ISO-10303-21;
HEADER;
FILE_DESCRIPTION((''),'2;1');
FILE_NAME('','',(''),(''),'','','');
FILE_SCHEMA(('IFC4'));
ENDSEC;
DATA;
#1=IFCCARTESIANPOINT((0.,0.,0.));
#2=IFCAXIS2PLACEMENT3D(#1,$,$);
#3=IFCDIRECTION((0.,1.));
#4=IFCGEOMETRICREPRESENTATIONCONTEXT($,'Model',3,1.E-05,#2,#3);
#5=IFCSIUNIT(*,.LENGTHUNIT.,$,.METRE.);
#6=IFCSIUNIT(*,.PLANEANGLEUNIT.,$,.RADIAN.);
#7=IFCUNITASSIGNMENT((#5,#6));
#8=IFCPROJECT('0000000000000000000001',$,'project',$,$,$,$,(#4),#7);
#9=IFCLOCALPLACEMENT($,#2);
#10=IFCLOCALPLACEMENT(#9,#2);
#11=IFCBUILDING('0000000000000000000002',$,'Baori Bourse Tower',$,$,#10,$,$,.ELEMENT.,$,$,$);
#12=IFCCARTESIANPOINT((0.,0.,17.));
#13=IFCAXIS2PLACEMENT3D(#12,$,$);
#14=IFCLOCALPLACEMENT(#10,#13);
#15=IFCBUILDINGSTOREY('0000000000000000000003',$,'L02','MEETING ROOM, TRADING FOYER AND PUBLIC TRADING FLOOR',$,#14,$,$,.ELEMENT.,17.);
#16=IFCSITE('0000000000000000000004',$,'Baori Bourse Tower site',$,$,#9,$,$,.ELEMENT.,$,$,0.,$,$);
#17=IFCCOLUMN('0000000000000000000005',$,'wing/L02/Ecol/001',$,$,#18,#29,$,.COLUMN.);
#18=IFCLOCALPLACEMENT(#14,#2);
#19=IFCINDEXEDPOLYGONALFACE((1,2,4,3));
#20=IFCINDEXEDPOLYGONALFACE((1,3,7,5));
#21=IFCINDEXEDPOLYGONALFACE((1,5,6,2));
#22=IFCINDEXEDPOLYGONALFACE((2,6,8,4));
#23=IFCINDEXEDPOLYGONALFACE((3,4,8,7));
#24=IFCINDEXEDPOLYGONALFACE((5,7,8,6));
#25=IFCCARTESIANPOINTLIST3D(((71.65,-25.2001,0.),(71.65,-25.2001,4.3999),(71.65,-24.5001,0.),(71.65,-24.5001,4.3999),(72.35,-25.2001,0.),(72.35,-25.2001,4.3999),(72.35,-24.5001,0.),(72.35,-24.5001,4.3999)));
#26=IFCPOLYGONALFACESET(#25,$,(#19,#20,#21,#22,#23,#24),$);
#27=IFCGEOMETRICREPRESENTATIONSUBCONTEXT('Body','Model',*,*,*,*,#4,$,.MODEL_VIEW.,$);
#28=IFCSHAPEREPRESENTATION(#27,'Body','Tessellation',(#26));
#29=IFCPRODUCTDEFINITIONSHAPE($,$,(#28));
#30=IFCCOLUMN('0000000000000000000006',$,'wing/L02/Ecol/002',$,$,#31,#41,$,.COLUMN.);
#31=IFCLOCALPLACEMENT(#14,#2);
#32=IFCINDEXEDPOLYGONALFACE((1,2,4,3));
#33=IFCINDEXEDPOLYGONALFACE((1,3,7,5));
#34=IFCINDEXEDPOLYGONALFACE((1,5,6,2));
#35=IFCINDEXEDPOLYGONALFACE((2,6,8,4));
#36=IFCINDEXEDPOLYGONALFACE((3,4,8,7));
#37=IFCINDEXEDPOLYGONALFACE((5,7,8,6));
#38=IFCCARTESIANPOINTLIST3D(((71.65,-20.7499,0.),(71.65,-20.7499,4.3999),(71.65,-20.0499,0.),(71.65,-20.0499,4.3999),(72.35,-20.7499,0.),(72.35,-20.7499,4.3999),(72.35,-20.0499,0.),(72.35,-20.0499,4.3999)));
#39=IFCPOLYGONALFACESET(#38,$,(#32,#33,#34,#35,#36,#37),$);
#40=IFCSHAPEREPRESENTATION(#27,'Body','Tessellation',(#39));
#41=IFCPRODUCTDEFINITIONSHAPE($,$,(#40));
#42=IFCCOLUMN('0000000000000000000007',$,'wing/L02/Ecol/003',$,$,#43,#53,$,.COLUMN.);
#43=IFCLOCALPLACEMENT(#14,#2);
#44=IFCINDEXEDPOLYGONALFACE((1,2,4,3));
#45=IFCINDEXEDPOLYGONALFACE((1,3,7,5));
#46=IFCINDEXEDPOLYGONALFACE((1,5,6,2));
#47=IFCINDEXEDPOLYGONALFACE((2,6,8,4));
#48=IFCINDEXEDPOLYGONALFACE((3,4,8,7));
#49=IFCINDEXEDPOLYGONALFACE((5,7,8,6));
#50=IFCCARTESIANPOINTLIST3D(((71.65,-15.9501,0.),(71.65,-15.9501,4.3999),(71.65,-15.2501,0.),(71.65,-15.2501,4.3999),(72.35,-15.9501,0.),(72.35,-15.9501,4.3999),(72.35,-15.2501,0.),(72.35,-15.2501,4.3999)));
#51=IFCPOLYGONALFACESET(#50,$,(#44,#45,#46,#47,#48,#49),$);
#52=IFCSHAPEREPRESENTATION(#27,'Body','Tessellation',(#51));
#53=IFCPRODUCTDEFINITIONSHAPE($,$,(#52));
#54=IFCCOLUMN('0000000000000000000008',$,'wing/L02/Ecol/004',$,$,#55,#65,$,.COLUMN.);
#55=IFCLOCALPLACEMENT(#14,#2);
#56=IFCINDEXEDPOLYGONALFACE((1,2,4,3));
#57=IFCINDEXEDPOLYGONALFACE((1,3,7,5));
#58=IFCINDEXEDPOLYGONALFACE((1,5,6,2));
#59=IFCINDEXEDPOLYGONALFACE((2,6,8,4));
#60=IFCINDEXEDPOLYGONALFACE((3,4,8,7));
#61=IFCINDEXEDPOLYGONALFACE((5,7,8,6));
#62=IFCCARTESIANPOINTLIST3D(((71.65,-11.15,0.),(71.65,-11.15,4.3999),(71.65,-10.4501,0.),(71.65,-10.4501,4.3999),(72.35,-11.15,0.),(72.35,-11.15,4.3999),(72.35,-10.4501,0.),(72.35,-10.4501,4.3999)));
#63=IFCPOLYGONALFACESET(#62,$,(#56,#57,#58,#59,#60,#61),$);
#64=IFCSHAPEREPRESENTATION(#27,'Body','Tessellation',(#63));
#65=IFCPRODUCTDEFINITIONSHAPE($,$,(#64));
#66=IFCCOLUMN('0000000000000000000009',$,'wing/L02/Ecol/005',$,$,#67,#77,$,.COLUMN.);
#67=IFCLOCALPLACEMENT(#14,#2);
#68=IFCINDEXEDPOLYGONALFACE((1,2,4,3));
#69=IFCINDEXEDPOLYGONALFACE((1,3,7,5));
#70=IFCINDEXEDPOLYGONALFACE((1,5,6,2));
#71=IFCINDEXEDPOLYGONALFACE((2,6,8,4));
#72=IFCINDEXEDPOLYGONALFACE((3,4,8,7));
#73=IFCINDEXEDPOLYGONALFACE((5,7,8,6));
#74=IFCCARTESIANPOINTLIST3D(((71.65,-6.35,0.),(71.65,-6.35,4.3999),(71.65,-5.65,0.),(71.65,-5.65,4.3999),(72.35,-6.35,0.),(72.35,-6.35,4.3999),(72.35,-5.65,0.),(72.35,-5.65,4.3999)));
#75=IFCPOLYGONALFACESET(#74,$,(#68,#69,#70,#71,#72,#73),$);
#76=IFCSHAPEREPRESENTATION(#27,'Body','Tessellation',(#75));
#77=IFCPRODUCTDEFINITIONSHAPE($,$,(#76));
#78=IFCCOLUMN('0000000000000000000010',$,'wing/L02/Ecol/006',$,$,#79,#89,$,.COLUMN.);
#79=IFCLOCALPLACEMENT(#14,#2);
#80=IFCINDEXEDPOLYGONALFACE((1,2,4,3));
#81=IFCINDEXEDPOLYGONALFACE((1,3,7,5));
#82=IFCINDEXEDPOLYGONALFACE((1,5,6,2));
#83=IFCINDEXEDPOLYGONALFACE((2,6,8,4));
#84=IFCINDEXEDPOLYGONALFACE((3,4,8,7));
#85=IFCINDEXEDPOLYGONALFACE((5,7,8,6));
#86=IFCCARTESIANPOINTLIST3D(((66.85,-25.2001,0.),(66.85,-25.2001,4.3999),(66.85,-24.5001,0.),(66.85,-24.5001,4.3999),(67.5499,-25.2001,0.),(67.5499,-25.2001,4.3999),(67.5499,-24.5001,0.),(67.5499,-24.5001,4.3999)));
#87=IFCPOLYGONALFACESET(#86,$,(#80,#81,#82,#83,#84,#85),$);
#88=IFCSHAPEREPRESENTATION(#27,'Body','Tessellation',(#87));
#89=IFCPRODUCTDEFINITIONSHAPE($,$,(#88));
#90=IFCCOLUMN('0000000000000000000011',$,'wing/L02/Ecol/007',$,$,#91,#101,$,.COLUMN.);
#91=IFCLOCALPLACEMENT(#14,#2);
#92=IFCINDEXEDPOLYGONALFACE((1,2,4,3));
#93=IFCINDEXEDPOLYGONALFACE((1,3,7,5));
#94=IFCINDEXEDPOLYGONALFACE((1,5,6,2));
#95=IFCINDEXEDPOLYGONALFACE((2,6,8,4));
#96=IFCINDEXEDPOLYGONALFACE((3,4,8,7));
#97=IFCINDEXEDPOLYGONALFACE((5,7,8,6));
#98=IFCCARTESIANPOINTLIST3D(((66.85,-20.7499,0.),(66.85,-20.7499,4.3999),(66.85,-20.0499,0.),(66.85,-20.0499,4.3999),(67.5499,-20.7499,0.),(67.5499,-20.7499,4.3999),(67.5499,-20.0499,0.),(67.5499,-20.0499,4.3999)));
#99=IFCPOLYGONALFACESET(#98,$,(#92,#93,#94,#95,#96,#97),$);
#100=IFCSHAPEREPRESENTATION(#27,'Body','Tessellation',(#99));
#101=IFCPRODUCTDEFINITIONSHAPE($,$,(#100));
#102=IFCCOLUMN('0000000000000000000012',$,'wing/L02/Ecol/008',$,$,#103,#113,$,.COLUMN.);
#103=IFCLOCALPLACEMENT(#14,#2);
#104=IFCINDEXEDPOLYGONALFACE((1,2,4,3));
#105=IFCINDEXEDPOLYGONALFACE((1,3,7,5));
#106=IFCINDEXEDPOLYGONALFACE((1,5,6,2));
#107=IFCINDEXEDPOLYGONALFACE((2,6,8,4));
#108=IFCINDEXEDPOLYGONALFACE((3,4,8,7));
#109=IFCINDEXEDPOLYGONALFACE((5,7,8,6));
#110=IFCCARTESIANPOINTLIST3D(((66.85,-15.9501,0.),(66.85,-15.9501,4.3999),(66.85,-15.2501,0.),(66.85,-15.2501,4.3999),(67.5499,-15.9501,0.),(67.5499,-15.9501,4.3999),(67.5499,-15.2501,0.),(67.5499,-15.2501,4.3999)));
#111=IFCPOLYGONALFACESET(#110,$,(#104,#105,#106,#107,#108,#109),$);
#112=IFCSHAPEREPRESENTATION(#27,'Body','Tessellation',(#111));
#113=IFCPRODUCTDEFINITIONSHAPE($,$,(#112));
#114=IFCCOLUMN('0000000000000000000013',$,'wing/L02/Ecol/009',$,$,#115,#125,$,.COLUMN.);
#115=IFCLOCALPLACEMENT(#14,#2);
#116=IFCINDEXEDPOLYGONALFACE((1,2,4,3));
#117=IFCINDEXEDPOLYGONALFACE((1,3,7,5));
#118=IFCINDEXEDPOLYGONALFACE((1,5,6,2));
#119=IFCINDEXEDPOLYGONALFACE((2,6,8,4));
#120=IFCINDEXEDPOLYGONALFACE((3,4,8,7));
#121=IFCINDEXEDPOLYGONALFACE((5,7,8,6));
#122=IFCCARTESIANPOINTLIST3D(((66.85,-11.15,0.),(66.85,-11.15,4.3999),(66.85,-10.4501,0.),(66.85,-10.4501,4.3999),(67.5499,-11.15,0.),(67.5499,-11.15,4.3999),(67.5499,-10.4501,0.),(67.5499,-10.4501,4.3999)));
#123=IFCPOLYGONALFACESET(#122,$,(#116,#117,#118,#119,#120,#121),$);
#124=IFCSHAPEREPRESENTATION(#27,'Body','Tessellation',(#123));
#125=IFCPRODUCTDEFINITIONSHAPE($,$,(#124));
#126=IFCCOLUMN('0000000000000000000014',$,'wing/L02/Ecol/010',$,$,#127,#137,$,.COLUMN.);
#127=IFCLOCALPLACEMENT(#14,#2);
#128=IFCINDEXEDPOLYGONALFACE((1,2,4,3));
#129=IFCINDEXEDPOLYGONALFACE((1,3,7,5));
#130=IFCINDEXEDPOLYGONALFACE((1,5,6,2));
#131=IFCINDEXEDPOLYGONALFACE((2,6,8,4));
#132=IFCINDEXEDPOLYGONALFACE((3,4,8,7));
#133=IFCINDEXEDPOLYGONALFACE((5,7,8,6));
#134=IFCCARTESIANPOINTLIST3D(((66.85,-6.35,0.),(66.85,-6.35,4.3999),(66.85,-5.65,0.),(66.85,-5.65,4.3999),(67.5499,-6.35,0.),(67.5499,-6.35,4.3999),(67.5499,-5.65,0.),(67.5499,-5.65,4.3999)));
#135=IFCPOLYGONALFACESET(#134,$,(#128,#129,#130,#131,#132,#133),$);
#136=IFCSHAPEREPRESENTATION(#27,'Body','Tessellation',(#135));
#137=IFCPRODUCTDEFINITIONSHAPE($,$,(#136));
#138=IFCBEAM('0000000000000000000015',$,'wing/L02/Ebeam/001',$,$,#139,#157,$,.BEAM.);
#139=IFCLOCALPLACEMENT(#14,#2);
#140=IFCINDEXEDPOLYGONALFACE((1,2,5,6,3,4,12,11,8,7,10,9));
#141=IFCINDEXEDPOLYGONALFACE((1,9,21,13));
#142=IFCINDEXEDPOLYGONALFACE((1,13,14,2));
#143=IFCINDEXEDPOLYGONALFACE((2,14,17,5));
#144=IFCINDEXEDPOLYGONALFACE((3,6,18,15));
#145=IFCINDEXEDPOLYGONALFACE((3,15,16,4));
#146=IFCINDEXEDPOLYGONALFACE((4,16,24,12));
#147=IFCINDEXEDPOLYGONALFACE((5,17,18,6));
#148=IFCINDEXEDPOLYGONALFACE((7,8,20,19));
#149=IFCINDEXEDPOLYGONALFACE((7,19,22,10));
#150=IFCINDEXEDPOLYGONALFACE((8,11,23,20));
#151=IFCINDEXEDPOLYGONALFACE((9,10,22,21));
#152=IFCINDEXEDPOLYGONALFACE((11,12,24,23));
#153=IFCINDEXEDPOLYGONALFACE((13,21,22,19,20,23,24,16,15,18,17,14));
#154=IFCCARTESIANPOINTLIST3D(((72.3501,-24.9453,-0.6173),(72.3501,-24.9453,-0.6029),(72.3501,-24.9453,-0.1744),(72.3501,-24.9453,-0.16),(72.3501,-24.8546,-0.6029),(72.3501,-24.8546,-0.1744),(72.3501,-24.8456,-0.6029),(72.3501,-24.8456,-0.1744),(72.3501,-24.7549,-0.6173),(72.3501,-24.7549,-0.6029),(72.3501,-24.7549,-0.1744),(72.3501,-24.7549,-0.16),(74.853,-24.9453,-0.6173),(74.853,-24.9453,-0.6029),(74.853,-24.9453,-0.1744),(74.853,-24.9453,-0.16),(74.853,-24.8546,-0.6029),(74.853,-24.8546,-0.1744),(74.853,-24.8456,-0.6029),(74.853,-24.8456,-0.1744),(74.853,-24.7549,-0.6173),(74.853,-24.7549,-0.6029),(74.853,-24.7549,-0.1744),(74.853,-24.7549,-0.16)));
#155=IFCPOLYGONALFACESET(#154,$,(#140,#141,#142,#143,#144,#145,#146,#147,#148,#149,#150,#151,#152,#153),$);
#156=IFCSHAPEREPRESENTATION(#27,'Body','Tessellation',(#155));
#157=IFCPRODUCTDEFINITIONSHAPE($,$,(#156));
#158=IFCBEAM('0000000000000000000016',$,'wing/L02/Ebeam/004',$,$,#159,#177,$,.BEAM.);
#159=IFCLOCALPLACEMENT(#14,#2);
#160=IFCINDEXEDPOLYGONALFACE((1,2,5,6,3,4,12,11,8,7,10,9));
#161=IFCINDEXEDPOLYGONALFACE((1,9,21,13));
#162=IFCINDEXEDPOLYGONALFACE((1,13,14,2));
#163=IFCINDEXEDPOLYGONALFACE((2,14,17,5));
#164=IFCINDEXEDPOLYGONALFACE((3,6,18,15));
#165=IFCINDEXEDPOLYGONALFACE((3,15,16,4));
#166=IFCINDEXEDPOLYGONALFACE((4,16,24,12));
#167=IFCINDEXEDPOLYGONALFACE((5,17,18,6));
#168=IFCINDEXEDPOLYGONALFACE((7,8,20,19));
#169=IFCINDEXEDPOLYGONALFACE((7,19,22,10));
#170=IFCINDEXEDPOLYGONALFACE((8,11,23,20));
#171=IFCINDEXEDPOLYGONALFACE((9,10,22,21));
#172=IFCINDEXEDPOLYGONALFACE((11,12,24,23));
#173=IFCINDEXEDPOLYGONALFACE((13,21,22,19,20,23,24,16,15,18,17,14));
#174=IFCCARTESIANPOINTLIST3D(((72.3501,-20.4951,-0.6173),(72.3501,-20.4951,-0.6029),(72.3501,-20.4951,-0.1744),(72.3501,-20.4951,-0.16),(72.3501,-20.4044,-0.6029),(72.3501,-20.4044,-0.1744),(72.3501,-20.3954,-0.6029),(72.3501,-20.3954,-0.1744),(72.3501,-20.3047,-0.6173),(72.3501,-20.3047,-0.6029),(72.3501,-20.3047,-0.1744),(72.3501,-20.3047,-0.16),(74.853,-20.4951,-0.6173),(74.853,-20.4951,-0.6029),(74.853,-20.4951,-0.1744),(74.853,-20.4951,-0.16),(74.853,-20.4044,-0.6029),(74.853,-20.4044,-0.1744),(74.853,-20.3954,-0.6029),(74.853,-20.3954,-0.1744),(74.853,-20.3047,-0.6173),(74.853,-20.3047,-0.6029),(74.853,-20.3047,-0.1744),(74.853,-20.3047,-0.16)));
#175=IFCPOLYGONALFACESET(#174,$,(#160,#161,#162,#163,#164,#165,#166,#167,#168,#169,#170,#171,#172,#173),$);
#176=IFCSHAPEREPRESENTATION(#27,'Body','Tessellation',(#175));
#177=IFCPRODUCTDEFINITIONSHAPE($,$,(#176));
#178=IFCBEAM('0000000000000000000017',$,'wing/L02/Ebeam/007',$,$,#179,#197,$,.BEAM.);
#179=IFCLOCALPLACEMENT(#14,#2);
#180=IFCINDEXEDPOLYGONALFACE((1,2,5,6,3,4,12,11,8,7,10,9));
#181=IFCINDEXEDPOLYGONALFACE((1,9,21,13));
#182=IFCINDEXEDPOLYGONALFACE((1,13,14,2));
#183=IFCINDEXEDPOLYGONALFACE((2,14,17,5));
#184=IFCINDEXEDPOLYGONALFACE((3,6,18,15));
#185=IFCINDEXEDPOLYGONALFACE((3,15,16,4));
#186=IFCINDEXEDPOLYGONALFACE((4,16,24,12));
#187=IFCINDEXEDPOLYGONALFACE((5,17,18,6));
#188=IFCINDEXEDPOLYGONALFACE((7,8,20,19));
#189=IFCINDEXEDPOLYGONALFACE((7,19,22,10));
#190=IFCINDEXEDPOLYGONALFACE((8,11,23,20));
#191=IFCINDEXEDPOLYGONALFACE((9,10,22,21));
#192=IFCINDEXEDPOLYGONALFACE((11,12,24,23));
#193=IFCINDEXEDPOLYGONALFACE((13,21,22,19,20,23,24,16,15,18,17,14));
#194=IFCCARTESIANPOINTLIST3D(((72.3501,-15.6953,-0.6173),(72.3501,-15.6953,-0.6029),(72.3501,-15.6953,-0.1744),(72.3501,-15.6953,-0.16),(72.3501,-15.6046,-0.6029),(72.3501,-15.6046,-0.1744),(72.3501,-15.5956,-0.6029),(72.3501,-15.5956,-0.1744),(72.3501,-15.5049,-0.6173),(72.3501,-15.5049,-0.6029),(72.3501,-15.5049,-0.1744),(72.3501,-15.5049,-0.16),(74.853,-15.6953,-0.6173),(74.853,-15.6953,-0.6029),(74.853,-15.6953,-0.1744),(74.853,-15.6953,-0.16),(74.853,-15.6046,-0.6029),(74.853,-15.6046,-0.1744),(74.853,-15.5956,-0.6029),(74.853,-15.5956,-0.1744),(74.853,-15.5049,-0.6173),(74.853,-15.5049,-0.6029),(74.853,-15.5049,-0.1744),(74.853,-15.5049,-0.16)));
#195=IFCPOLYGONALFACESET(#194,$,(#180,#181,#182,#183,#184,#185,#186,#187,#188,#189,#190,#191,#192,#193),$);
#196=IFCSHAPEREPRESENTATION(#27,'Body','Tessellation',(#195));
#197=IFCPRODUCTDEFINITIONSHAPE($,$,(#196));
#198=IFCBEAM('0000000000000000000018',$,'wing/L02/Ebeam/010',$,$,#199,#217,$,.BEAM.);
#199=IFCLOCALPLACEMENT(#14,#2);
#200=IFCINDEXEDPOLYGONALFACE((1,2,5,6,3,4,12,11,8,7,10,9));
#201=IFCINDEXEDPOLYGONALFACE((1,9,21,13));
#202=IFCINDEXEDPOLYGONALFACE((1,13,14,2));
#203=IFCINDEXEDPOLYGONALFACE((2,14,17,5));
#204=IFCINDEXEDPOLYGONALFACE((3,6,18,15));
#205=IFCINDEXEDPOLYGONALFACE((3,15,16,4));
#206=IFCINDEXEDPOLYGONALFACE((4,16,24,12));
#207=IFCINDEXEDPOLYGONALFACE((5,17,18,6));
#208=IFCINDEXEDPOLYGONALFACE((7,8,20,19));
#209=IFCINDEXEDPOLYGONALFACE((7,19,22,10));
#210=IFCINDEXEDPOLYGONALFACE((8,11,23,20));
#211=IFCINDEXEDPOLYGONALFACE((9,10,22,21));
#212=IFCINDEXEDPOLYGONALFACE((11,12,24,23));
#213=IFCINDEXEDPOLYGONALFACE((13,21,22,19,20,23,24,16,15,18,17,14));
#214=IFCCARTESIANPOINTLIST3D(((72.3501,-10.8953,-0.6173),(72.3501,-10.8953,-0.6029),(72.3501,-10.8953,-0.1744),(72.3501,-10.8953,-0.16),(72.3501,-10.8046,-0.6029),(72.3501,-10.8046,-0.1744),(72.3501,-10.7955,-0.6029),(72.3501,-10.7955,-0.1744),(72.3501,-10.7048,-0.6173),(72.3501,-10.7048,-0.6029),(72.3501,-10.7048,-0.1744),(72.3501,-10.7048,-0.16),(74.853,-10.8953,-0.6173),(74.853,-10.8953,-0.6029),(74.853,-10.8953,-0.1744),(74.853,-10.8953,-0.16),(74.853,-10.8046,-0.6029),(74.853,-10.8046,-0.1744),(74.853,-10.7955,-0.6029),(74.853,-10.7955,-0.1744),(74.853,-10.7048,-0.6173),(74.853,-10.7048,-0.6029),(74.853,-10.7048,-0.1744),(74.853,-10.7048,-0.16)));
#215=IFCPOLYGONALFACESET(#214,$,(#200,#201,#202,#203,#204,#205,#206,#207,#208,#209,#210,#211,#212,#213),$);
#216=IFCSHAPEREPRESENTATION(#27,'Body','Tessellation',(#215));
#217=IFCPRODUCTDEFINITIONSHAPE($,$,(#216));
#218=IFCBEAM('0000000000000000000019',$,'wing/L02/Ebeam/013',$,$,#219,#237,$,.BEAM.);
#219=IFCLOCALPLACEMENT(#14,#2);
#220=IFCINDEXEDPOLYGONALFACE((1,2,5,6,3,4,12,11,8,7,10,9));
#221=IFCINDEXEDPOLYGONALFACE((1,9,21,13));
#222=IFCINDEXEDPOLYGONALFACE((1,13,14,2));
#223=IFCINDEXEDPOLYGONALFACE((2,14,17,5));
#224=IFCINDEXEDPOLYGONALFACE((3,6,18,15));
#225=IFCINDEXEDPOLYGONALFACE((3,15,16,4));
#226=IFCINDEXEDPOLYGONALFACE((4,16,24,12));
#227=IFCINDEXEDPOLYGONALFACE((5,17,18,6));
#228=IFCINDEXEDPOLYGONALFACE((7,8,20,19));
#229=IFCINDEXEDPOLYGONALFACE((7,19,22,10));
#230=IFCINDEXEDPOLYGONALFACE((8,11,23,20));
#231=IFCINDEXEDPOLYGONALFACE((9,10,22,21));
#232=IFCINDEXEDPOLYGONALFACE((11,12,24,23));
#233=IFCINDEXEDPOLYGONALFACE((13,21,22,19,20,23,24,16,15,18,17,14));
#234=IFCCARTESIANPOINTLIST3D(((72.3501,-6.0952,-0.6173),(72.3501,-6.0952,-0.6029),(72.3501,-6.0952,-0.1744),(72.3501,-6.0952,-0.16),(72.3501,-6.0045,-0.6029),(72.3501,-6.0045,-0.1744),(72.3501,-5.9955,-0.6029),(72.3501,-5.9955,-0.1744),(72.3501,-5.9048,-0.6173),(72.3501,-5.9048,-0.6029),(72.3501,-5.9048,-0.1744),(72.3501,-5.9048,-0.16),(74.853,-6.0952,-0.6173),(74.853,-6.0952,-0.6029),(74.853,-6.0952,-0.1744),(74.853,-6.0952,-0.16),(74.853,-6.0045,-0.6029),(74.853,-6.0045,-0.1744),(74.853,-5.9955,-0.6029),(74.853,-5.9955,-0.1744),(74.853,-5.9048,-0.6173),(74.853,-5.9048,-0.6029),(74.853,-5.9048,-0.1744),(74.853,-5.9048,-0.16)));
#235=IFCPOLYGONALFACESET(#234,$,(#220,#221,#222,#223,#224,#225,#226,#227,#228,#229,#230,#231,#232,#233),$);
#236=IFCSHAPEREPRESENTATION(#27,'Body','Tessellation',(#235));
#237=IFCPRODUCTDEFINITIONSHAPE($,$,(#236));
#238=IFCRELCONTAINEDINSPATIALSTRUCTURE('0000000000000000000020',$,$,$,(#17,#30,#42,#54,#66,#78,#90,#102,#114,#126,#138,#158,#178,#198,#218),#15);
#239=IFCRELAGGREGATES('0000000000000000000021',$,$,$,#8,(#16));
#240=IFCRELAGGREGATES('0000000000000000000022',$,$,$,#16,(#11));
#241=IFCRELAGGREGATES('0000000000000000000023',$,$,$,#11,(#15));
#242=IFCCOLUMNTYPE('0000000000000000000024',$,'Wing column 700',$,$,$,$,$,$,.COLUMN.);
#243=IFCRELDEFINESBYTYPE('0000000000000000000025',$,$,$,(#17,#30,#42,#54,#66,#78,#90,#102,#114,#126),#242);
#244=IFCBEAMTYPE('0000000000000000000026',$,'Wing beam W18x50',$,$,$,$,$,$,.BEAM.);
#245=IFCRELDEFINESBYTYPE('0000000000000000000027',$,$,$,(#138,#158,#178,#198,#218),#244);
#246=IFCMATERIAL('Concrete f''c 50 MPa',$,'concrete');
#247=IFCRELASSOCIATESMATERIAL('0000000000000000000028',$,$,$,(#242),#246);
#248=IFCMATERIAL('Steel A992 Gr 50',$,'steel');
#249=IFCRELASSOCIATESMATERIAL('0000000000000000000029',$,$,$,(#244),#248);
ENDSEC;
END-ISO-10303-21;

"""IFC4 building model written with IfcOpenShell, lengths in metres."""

from ifc_helpers import new_model, si_unit, direction, frame, origin, origin_2d, place, context, subcontext, project, spatial, rectangle, i_section, extrude, material, material_profile, profile_set, type_object, element, save


model = new_model("IFC4")

# Units and contexts
model_context = context("Model", 3, precision=1e-05, world=origin(), true_north=direction((0.0, 1.0)))
body_context = subcontext(model_context, "Body", "Model", "MODEL_VIEW")
ifc_project = project(units=[si_unit("LENGTHUNIT", "METRE"), si_unit("PLANEANGLEUNIT", "RADIAN")], contexts=[model_context])

# Site, building, storey
site_placement = place(None, origin())
site = spatial("IfcSite", under=ifc_project, at=site_placement, Name="Baori Bourse Tower site", CompositionType="ELEMENT", RefElevation=0.0)
building_placement = place(site_placement, origin())
building = spatial("IfcBuilding", under=site, at=building_placement, Name="Baori Bourse Tower", CompositionType="ELEMENT")
storey_placement = place(building_placement, frame((0.0, 0.0, 17.0)))
storey = spatial("IfcBuildingStorey", under=building, at=storey_placement, Name="L02", Description="MEETING ROOM, TRADING FOYER AND PUBLIC TRADING FLOOR", CompositionType="ELEMENT", Elevation=17.0)

# Columns
ifc_material_1 = material(Name="Concrete f'c 50 MPa", Category="concrete")
ifc_material_profile_1 = material_profile(ifc_material_1, rectangle(XDim=0.7, YDim=0.7, at=origin_2d()), Name="Wing column 700")
ifc_profile_set_1 = profile_set([ifc_material_profile_1], Name="Concrete f'c 50 MPa")
column_type = type_object("IfcColumnType", Name="Wing column 700", PredefinedType="COLUMN", material=ifc_profile_set_1)
for number, where, z_axis, x_axis, name in (
    (1, (72.0, -24.8501, 0.0), (0.0, 0.0, 1.0), (1.0, 0.0, 0.0), "wing/L02/Ecol/001"),
    (2, (72.0, -20.3999, 0.0), (0.0, 0.0, 1.0), (1.0, 0.0, 0.0), "wing/L02/Ecol/002"),
    (3, (72.0, -15.6001, 0.0), (0.0, 0.0, 1.0), (1.0, 0.0, 0.0), "wing/L02/Ecol/003"),
    (4, (72.0, -10.8, 0.0), (0.0, 0.0, 1.0), (1.0, 0.0, 0.0), "wing/L02/Ecol/004"),
    (5, (72.0, -6.0, 0.0), (0.0, 0.0, 1.0), (1.0, 0.0, 0.0), "wing/L02/Ecol/005"),
    (6, (67.2, -24.8501, 0.0), (0.0, 0.0, 1.0), (1.0, 0.0, 0.0), "wing/L02/Ecol/006"),
    (7, (67.2, -20.3999, 0.0), (0.0, 0.0, 1.0), (1.0, 0.0, 0.0), "wing/L02/Ecol/007"),
    (8, (67.2, -15.6001, 0.0), (0.0, 0.0, 1.0), (1.0, 0.0, 0.0), "wing/L02/Ecol/008"),
    (9, (67.2, -10.8, 0.0), (0.0, 0.0, 1.0), (1.0, 0.0, 0.0), "wing/L02/Ecol/009"),
    (10, (67.2, -6.0, 0.0), (0.0, 0.0, 1.0), (1.0, 0.0, 0.0), "wing/L02/Ecol/010"),
):
    element("IfcColumn", number, at=place(storey_placement, frame(where, z_axis=z_axis, x_axis=x_axis)), inside=storey, type_object=column_type, Name=name, PredefinedType="COLUMN", context=body_context, shape_type="SweptSolid", body=[
        extrude(rectangle(XDim=0.7, YDim=0.7, at=origin_2d()), origin(), (0.0, 0.0, 1.0), 4.3999),
    ])

# Beams
ifc_material_2 = material(Name="Steel A992 Gr 50", Category="steel")
ifc_material_profile_2 = material_profile(ifc_material_2, i_section(OverallWidth=0.1904, OverallDepth=0.4573, WebThickness=0.009, FlangeThickness=0.0144, at=origin_2d()), Name="W18x50")
ifc_profile_set_2 = profile_set([ifc_material_profile_2], Name="Steel A992 Gr 50")
beam_type_1 = type_object("IfcBeamType", Name="Wing beam W18x50", PredefinedType="BEAM", material=ifc_profile_set_2)
for number, where, z_axis, x_axis, name in (
    (11, (74.853, -24.8501, -0.3887), (-1.0, 0.0, 0.0), (0.0, -1.0, 0.0), "wing/L02/Ebeam/001"),
    (12, (74.853, -20.3999, -0.3887), (-1.0, 0.0, 0.0), (0.0, -1.0, 0.0), "wing/L02/Ebeam/004"),
    (13, (74.853, -15.6001, -0.3887), (-1.0, 0.0, 0.0), (0.0, -1.0, 0.0), "wing/L02/Ebeam/007"),
    (14, (74.853, -10.8, -0.3887), (-1.0, 0.0, 0.0), (0.0, -1.0, 0.0), "wing/L02/Ebeam/010"),
    (15, (74.853, -6.0, -0.3887), (-1.0, 0.0, 0.0), (0.0, -1.0, 0.0), "wing/L02/Ebeam/013"),
):
    element("IfcBeam", number, at=place(storey_placement, frame(where, z_axis=z_axis, x_axis=x_axis)), inside=storey, type_object=beam_type_1, Name=name, PredefinedType="BEAM", context=body_context, shape_type="SweptSolid", body=[
        extrude(i_section(OverallWidth=0.1904, OverallDepth=0.4573, WebThickness=0.009, FlangeThickness=0.0144, at=origin_2d()), origin(), (0.0, 0.0, 1.0), 2.5029),
    ])

save(model, "model.ifc")
